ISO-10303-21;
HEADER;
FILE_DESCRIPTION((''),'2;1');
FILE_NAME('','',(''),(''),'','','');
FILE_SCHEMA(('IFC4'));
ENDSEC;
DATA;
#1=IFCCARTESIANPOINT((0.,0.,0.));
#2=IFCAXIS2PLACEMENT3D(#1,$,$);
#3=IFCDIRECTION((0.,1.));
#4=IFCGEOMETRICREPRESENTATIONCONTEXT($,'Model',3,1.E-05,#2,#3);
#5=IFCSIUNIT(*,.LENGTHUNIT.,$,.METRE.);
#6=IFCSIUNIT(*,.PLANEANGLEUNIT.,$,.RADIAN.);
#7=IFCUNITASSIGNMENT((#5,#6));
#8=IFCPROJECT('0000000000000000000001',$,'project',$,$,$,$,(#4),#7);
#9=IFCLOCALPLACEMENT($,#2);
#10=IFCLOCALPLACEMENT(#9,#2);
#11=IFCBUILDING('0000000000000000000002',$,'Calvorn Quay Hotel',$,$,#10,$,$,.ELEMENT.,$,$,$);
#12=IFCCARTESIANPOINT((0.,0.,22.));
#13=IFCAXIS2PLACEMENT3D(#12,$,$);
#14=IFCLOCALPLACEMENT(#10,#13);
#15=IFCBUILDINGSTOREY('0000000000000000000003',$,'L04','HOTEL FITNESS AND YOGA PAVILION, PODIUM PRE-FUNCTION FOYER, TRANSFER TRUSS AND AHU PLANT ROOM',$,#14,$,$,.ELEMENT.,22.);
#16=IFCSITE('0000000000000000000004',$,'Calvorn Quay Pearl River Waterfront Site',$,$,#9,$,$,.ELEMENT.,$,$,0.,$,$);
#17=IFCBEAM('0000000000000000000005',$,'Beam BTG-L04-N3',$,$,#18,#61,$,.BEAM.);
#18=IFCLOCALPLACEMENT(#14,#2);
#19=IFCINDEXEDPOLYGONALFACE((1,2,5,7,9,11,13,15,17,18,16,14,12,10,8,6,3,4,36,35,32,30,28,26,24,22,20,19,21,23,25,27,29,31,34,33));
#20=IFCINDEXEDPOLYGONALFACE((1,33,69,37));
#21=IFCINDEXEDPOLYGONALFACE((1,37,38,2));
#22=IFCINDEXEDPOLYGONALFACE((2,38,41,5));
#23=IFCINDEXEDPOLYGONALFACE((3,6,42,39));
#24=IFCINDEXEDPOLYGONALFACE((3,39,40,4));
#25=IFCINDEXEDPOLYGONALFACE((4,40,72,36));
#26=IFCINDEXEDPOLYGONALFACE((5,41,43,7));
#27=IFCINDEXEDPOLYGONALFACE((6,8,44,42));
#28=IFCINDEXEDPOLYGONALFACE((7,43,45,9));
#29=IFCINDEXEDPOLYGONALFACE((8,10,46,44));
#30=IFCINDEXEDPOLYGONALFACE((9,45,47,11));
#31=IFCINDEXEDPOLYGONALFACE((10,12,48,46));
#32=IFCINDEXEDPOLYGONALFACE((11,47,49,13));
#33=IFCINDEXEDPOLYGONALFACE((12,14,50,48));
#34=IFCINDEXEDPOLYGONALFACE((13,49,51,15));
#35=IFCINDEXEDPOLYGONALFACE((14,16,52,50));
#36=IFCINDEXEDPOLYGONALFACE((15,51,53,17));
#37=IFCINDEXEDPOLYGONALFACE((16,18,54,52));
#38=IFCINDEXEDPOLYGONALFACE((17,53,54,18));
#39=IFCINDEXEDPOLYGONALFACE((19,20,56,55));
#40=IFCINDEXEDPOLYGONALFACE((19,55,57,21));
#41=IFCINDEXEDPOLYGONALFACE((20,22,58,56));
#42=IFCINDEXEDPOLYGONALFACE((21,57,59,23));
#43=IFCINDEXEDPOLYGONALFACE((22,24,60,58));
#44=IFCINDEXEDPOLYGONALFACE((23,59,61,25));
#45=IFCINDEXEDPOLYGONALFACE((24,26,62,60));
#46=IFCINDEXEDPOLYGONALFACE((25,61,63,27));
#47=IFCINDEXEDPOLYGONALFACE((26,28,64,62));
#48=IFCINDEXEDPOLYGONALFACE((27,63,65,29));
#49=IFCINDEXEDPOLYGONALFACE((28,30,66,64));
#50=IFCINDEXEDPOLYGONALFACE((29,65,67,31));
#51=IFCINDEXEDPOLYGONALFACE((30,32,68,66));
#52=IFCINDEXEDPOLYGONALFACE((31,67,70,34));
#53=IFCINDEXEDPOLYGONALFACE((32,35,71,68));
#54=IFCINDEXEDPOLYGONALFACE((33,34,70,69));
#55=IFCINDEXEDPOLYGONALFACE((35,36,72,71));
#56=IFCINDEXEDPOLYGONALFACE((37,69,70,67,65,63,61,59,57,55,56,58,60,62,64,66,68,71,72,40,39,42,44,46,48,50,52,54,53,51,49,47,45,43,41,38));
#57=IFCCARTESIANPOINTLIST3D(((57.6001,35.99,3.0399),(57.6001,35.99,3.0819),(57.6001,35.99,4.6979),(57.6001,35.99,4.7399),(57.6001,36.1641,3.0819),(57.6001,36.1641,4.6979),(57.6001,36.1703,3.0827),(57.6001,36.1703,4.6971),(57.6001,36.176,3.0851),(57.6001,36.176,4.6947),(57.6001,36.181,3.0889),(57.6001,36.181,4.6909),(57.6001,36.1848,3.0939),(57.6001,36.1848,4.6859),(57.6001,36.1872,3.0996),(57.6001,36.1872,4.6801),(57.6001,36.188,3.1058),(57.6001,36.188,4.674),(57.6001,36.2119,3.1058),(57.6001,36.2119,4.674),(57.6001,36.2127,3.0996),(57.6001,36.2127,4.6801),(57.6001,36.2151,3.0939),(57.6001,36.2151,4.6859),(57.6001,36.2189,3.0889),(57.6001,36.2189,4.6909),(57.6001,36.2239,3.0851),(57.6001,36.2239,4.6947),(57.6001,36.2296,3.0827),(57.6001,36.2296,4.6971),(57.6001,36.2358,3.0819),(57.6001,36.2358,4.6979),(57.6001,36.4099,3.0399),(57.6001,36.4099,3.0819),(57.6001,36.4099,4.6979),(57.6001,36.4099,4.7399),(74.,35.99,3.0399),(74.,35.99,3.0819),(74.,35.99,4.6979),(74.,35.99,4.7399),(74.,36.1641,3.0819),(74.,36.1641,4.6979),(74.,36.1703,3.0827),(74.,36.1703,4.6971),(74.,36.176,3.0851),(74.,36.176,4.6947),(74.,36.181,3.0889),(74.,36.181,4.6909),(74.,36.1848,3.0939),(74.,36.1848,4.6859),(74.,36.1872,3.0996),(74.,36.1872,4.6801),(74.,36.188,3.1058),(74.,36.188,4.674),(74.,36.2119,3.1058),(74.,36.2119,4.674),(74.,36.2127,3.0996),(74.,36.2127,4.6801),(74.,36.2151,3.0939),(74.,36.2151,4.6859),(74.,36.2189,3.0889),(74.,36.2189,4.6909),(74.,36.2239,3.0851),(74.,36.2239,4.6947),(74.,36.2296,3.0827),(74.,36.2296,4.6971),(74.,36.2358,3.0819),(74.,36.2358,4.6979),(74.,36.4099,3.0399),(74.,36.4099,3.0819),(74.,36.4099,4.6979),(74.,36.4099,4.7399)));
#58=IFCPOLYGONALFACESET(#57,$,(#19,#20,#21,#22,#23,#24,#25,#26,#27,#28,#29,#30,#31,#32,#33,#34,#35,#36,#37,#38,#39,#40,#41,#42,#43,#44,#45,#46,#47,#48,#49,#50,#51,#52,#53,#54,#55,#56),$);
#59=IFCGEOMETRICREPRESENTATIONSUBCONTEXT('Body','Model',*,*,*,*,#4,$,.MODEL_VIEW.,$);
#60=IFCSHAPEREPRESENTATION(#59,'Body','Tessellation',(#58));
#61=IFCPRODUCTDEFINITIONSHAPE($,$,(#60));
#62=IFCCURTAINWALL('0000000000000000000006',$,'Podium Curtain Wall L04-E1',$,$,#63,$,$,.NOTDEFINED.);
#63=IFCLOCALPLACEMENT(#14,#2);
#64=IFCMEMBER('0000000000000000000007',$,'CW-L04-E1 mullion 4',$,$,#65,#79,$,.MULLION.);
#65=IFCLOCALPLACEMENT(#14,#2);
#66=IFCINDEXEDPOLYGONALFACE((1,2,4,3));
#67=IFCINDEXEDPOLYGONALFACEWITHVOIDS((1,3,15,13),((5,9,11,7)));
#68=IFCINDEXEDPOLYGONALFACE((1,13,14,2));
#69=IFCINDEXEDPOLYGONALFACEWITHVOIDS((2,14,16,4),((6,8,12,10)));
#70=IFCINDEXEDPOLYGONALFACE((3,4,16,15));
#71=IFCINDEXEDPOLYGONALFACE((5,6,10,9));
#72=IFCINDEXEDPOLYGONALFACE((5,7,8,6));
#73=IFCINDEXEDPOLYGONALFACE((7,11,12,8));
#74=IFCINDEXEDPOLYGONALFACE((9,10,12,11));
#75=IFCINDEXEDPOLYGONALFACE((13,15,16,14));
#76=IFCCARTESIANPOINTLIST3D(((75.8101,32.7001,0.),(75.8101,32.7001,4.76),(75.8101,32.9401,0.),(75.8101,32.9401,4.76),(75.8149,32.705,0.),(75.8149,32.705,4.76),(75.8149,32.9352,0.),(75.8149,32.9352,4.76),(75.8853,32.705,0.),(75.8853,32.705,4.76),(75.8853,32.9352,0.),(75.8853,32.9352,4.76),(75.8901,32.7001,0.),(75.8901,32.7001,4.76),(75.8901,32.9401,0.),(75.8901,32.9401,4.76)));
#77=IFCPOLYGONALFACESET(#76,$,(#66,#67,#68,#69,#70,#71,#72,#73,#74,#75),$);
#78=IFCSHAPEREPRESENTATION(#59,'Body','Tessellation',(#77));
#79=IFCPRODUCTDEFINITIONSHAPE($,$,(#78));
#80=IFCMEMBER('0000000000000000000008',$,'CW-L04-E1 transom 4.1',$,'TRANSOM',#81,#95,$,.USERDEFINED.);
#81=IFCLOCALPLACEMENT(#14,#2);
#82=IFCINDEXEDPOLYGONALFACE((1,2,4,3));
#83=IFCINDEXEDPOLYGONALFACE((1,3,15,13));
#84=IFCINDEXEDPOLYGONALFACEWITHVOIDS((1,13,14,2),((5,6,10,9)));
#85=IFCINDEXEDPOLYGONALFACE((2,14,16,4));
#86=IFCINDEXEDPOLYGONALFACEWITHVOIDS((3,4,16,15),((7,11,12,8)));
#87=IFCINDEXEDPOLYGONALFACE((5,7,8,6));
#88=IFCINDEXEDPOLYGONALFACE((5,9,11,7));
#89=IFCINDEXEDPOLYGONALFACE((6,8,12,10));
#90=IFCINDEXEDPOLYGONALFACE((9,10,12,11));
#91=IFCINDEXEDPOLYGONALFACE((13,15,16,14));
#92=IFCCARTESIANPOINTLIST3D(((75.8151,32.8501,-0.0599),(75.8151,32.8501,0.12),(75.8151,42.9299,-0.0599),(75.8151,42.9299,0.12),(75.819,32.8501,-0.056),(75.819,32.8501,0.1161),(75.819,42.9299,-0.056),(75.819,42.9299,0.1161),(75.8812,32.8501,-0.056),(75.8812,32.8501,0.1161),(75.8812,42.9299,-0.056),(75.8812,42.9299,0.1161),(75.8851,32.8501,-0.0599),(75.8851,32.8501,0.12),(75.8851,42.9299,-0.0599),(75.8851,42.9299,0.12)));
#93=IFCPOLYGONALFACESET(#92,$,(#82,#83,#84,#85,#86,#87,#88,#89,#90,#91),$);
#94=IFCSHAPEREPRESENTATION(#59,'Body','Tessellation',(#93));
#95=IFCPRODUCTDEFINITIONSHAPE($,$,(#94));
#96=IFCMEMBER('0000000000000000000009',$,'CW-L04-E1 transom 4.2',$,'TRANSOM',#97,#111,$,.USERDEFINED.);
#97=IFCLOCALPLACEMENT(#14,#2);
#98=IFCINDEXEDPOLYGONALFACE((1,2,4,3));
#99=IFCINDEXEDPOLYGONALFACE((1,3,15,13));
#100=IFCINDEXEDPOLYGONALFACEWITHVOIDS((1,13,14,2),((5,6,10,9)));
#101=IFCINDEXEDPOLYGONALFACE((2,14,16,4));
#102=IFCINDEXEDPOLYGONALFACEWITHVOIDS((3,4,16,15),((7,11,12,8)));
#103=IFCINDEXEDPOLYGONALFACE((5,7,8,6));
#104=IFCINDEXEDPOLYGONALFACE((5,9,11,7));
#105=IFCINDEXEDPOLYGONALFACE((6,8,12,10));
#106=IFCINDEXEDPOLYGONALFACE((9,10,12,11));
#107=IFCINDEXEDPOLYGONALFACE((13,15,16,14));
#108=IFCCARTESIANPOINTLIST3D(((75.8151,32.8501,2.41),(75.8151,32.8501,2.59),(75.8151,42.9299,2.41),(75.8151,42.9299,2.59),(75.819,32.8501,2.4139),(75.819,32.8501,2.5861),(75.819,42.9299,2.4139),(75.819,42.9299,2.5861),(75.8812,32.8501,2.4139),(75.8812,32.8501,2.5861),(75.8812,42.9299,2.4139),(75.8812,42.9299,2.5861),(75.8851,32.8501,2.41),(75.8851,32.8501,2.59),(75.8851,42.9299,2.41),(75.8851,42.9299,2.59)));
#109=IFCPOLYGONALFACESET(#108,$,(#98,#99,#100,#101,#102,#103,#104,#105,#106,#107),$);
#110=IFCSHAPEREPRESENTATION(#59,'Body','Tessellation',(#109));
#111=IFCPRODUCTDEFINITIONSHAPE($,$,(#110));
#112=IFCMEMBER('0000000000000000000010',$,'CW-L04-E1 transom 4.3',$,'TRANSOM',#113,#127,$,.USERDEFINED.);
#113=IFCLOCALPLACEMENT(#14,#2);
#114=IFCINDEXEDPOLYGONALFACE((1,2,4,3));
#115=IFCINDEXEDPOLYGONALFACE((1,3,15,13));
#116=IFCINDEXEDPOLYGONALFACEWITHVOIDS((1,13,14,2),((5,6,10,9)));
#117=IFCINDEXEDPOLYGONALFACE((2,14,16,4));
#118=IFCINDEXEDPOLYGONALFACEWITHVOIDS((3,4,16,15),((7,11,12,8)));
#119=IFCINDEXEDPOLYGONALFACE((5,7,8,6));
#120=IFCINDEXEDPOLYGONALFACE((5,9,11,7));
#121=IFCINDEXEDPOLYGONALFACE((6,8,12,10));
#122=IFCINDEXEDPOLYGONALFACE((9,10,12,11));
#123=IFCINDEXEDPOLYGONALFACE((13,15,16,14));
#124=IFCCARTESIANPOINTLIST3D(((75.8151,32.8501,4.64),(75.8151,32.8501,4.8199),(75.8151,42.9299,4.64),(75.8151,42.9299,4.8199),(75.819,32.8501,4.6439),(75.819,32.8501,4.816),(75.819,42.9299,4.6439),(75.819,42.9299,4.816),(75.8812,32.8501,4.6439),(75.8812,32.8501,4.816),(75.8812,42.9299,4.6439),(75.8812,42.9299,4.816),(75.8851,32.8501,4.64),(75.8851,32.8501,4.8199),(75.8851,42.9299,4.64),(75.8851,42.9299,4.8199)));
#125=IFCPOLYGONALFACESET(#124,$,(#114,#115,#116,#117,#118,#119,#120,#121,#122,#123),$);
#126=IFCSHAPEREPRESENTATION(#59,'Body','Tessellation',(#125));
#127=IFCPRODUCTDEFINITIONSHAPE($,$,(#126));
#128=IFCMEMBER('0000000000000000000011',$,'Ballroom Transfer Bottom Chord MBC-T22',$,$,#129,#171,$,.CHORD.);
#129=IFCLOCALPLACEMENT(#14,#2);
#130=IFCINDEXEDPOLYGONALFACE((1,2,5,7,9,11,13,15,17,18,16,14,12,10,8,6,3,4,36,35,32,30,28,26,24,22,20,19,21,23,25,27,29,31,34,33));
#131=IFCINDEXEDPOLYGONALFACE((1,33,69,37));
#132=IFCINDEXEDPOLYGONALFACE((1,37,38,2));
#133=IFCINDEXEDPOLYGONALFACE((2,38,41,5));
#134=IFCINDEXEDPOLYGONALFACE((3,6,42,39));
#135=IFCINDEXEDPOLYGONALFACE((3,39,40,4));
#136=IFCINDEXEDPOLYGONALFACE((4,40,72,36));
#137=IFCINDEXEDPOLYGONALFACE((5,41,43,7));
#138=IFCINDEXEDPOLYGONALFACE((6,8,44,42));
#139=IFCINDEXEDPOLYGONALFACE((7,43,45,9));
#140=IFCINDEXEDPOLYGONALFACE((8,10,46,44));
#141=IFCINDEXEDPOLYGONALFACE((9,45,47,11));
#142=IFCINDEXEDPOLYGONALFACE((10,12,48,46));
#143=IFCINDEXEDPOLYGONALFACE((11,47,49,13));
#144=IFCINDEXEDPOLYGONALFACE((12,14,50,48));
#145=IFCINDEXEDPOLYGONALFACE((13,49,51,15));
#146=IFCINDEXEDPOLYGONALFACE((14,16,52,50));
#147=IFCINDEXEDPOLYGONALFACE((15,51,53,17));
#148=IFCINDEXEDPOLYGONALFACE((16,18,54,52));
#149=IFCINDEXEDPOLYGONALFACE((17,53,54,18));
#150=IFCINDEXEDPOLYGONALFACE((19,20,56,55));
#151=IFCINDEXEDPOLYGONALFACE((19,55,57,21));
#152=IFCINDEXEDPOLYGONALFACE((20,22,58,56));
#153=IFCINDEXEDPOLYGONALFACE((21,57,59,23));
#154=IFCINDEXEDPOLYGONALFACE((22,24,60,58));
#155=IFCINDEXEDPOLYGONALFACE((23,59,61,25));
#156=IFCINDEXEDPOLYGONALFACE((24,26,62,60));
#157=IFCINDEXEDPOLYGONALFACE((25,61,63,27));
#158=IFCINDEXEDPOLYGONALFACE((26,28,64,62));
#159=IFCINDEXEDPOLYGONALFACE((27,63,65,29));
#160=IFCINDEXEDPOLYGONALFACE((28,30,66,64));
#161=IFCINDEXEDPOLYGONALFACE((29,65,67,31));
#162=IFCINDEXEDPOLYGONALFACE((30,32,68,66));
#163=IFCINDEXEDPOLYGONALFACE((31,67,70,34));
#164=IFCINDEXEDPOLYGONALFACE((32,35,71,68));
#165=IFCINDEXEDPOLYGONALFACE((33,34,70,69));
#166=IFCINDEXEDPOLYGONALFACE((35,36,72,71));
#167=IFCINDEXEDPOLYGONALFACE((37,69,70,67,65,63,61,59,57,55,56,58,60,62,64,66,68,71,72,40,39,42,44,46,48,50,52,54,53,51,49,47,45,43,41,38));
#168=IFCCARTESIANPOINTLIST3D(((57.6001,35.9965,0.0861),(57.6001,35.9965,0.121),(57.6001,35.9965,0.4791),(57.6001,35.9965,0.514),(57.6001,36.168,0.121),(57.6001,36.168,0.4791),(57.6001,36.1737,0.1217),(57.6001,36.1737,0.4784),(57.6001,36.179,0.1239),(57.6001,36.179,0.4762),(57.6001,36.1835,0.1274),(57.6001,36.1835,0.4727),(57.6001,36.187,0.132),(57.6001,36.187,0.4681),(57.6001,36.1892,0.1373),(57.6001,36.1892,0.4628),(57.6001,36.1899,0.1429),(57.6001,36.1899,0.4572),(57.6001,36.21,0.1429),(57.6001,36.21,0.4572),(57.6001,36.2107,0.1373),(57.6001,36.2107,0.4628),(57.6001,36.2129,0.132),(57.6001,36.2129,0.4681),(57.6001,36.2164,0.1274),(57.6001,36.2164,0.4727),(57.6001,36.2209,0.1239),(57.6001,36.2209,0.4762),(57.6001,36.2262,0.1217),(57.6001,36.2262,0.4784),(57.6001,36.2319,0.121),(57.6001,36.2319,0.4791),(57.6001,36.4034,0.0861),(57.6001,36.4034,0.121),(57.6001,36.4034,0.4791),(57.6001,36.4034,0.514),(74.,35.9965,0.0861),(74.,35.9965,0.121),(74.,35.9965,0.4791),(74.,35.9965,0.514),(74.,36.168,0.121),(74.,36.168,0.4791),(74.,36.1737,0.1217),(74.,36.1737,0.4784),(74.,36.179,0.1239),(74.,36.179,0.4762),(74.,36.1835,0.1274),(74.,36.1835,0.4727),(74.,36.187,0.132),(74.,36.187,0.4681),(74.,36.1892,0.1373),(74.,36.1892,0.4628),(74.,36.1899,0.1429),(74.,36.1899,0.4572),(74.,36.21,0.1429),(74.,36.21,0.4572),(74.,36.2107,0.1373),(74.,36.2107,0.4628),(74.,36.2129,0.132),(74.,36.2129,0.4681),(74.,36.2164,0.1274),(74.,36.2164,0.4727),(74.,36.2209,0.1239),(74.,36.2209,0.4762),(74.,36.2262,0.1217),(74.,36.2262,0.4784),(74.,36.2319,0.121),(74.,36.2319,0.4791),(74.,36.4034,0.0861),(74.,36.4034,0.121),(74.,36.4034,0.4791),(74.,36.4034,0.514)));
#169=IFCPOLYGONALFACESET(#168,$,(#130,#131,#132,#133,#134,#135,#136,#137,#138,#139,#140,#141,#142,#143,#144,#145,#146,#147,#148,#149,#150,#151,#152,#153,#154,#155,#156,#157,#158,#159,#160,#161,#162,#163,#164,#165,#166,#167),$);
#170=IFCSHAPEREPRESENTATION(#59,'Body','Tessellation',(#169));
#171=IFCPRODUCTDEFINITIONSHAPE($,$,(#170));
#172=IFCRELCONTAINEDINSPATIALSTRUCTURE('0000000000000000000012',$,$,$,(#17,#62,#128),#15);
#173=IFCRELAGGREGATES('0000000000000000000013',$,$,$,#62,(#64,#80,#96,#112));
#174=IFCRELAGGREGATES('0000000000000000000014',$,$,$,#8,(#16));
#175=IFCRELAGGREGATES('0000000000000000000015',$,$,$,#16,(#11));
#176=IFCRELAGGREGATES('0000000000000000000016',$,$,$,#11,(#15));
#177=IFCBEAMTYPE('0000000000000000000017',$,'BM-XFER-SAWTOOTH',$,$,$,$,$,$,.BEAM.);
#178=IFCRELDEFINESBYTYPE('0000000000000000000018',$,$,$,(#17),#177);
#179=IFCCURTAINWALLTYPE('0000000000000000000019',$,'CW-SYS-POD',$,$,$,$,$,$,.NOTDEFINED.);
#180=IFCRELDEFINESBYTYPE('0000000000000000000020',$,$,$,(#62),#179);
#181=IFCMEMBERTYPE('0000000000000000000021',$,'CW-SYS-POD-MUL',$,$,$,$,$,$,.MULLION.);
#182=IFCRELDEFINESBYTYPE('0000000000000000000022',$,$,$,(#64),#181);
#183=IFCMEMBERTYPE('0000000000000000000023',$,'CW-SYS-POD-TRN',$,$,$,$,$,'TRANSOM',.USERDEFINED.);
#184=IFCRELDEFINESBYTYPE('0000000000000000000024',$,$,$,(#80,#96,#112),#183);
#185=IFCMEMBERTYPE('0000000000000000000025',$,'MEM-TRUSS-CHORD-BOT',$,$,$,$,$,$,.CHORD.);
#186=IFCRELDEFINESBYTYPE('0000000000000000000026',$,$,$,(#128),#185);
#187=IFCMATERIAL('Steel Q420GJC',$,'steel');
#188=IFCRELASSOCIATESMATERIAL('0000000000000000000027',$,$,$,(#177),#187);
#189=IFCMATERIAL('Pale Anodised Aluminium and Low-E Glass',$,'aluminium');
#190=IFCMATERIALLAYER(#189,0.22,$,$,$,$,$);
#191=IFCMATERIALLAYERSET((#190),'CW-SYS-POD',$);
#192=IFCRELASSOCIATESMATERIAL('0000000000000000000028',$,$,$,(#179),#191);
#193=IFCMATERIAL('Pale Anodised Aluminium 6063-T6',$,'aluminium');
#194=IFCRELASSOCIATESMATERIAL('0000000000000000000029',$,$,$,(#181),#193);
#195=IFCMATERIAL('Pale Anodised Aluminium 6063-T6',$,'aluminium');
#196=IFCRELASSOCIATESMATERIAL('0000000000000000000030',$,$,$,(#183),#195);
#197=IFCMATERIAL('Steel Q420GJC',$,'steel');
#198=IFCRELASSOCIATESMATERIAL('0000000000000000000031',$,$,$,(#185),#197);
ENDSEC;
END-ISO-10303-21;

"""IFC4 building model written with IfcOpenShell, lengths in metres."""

from ifc_helpers import new_model, si_unit, direction, frame, origin, origin_2d, place, context, subcontext, project, spatial, hollow_rectangle, i_section, extrude, material, layer, layer_set, material_profile, profile_set, type_object, element, aggregate, save


model = new_model("IFC4")

# Units and contexts
model_context = context("Model", 3, precision=1e-05, world=origin(), true_north=direction((0.0, 1.0)))
body_context = subcontext(model_context, "Body", "Model", "MODEL_VIEW")
ifc_project = project(units=[si_unit("LENGTHUNIT", "METRE"), si_unit("PLANEANGLEUNIT", "RADIAN")], contexts=[model_context])

# Site, building, storey
site_placement = place(None, origin())
site = spatial("IfcSite", under=ifc_project, at=site_placement, Name="Calvorn Quay Pearl River Waterfront Site", CompositionType="ELEMENT", RefElevation=0.0)
building_placement = place(site_placement, origin())
building = spatial("IfcBuilding", under=site, at=building_placement, Name="Calvorn Quay Hotel", CompositionType="ELEMENT")
storey_placement = place(building_placement, frame((0.0, 0.0, 22.0)))
storey = spatial("IfcBuildingStorey", under=building, at=storey_placement, Name="L04", Description="HOTEL FITNESS AND YOGA PAVILION, PODIUM PRE-FUNCTION FOYER, TRANSFER TRUSS AND AHU PLANT ROOM", CompositionType="ELEMENT", Elevation=22.0)

# Beam
ifc_material_1 = material(Name="Steel Q420GJC", Category="steel")
ifc_material_profile_1 = material_profile(ifc_material_1, i_section(OverallWidth=0.4199, OverallDepth=1.7, WebThickness=0.0239, FlangeThickness=0.042, FilletRadius=0.0239, at=origin_2d()), Name="HN1700x420x24x42")
ifc_profile_set_1 = profile_set([ifc_material_profile_1], Name="Steel Q420GJC")
beam_type_1 = type_object("IfcBeamType", Name="BM-XFER-SAWTOOTH", PredefinedType="BEAM", material=ifc_profile_set_1)
beam_1_placement = place(storey_placement, frame((57.6001, 36.2, 3.8899), z_axis=(1.0, 0.0, 0.0), x_axis=(0.0, 1.0, 0.0)))
element("IfcBeam", 1, at=beam_1_placement, inside=storey, type_object=beam_type_1, Name="Beam BTG-L04-N3", PredefinedType="BEAM", context=body_context, shape_type="SweptSolid", body=[
    extrude(i_section(OverallWidth=0.4199, OverallDepth=1.7, WebThickness=0.0239, FlangeThickness=0.042, FilletRadius=0.0239, at=origin_2d()), origin(), (0.0, 0.0, 1.0), 16.3999),
])

# Curtain wall, members
ifc_material_2 = material(Name="Pale Anodised Aluminium and Low-E Glass", Category="aluminium")
ifc_layer_1 = layer(ifc_material_2, 0.22)
ifc_layer_set_1 = layer_set([ifc_layer_1], Name="CW-SYS-POD")
curtain_wall_type = type_object("IfcCurtainWallType", Name="CW-SYS-POD", PredefinedType="NOTDEFINED", material=ifc_layer_set_1)
curtain_wall_placement = place(storey_placement, origin())
curtain_wall = element("IfcCurtainWall", 2, at=curtain_wall_placement, inside=storey, type_object=curtain_wall_type, Name="Podium Curtain Wall L04-E1", PredefinedType="NOTDEFINED")
ifc_material_3 = material(Name="Pale Anodised Aluminium 6063-T6", Category="aluminium")
ifc_material_profile_2 = material_profile(ifc_material_3, hollow_rectangle(XDim=0.0801, YDim=0.24, WallThickness=0.0049, at=origin_2d()), Name="ALU-M240x80x5")
ifc_profile_set_2 = profile_set([ifc_material_profile_2], Name="Pale Anodised Aluminium 6063-T6")
member_type_1 = type_object("IfcMemberType", Name="CW-SYS-POD-MUL", PredefinedType="MULLION", material=ifc_profile_set_2)
member_1_placement = place(storey_placement, frame((75.8501, 32.8201, 0.0), z_axis=(0.0, 0.0, 1.0), x_axis=(-1.0, 0.0, 0.0)))
member_1 = element("IfcMember", 3, at=member_1_placement, type_object=member_type_1, Name="CW-L04-E1 mullion 4", PredefinedType="MULLION", context=body_context, shape_type="SweptSolid", body=[
    extrude(hollow_rectangle(XDim=0.0801, YDim=0.24, WallThickness=0.0049, at=origin_2d()), origin(), (0.0, 0.0, 1.0), 4.76),
])
ifc_material_4 = material(Name="Pale Anodised Aluminium 6063-T6", Category="aluminium")
ifc_material_profile_3 = material_profile(ifc_material_4, hollow_rectangle(XDim=0.0701, YDim=0.1799, WallThickness=0.0039, at=origin_2d()), Name="ALU-T180x70x4")
ifc_profile_set_3 = profile_set([ifc_material_profile_3], Name="Pale Anodised Aluminium 6063-T6")
member_type_2 = type_object("IfcMemberType", Name="CW-SYS-POD-TRN", ElementType="TRANSOM", PredefinedType="USERDEFINED", material=ifc_profile_set_3)
member_2_placement = place(storey_placement, frame((75.8501, 32.8501, 0.03), z_axis=(0.0, 1.0, 0.0), x_axis=(-1.0, 0.0, 0.0)))
member_2 = element("IfcMember", 4, at=member_2_placement, type_object=member_type_2, Name="CW-L04-E1 transom 4.1", ObjectType="TRANSOM", PredefinedType="USERDEFINED", context=body_context, shape_type="SweptSolid", body=[
    extrude(hollow_rectangle(XDim=0.0701, YDim=0.1799, WallThickness=0.0039, at=origin_2d()), origin(), (0.0, 0.0, 1.0), 10.0798),
])
member_3_placement = place(storey_placement, frame((75.8501, 32.8501, 2.5), z_axis=(0.0, 1.0, 0.0), x_axis=(-1.0, 0.0, 0.0)))
member_3 = element("IfcMember", 5, at=member_3_placement, type_object=member_type_2, Name="CW-L04-E1 transom 4.2", ObjectType="TRANSOM", PredefinedType="USERDEFINED", context=body_context, shape_type="SweptSolid", body=[
    extrude(hollow_rectangle(XDim=0.0701, YDim=0.1799, WallThickness=0.0039, at=origin_2d()), origin(), (0.0, 0.0, 1.0), 10.0798),
])
member_4_placement = place(storey_placement, frame((75.8501, 32.8501, 4.73), z_axis=(0.0, 1.0, 0.0), x_axis=(-1.0, 0.0, 0.0)))
member_4 = element("IfcMember", 6, at=member_4_placement, type_object=member_type_2, Name="CW-L04-E1 transom 4.3", ObjectType="TRANSOM", PredefinedType="USERDEFINED", context=body_context, shape_type="SweptSolid", body=[
    extrude(hollow_rectangle(XDim=0.0701, YDim=0.1799, WallThickness=0.0039, at=origin_2d()), origin(), (0.0, 0.0, 1.0), 10.0798),
])

# Member
ifc_material_5 = material(Name="Steel Q420GJC", Category="steel")
ifc_material_profile_4 = material_profile(ifc_material_5, i_section(OverallWidth=0.407, OverallDepth=0.428, WebThickness=0.02, FlangeThickness=0.0349, FilletRadius=0.022, at=origin_2d()), Name="HW428x407x20x35")
ifc_profile_set_4 = profile_set([ifc_material_profile_4], Name="Steel Q420GJC")
member_type_3 = type_object("IfcMemberType", Name="MEM-TRUSS-CHORD-BOT", PredefinedType="CHORD", material=ifc_profile_set_4)
member_5_placement = place(storey_placement, frame((57.6001, 36.2, 0.3), z_axis=(1.0, 0.0, 0.0), x_axis=(0.0, 1.0, 0.0)))
element("IfcMember", 7, at=member_5_placement, inside=storey, type_object=member_type_3, Name="Ballroom Transfer Bottom Chord MBC-T22", PredefinedType="CHORD", context=body_context, shape_type="SweptSolid", body=[
    extrude(i_section(OverallWidth=0.407, OverallDepth=0.428, WebThickness=0.02, FlangeThickness=0.0349, FilletRadius=0.022, at=origin_2d()), origin(), (0.0, 0.0, 1.0), 16.3999),
])

aggregate(curtain_wall, [member_1, member_2, member_3, member_4])

save(model, "model.ifc")
